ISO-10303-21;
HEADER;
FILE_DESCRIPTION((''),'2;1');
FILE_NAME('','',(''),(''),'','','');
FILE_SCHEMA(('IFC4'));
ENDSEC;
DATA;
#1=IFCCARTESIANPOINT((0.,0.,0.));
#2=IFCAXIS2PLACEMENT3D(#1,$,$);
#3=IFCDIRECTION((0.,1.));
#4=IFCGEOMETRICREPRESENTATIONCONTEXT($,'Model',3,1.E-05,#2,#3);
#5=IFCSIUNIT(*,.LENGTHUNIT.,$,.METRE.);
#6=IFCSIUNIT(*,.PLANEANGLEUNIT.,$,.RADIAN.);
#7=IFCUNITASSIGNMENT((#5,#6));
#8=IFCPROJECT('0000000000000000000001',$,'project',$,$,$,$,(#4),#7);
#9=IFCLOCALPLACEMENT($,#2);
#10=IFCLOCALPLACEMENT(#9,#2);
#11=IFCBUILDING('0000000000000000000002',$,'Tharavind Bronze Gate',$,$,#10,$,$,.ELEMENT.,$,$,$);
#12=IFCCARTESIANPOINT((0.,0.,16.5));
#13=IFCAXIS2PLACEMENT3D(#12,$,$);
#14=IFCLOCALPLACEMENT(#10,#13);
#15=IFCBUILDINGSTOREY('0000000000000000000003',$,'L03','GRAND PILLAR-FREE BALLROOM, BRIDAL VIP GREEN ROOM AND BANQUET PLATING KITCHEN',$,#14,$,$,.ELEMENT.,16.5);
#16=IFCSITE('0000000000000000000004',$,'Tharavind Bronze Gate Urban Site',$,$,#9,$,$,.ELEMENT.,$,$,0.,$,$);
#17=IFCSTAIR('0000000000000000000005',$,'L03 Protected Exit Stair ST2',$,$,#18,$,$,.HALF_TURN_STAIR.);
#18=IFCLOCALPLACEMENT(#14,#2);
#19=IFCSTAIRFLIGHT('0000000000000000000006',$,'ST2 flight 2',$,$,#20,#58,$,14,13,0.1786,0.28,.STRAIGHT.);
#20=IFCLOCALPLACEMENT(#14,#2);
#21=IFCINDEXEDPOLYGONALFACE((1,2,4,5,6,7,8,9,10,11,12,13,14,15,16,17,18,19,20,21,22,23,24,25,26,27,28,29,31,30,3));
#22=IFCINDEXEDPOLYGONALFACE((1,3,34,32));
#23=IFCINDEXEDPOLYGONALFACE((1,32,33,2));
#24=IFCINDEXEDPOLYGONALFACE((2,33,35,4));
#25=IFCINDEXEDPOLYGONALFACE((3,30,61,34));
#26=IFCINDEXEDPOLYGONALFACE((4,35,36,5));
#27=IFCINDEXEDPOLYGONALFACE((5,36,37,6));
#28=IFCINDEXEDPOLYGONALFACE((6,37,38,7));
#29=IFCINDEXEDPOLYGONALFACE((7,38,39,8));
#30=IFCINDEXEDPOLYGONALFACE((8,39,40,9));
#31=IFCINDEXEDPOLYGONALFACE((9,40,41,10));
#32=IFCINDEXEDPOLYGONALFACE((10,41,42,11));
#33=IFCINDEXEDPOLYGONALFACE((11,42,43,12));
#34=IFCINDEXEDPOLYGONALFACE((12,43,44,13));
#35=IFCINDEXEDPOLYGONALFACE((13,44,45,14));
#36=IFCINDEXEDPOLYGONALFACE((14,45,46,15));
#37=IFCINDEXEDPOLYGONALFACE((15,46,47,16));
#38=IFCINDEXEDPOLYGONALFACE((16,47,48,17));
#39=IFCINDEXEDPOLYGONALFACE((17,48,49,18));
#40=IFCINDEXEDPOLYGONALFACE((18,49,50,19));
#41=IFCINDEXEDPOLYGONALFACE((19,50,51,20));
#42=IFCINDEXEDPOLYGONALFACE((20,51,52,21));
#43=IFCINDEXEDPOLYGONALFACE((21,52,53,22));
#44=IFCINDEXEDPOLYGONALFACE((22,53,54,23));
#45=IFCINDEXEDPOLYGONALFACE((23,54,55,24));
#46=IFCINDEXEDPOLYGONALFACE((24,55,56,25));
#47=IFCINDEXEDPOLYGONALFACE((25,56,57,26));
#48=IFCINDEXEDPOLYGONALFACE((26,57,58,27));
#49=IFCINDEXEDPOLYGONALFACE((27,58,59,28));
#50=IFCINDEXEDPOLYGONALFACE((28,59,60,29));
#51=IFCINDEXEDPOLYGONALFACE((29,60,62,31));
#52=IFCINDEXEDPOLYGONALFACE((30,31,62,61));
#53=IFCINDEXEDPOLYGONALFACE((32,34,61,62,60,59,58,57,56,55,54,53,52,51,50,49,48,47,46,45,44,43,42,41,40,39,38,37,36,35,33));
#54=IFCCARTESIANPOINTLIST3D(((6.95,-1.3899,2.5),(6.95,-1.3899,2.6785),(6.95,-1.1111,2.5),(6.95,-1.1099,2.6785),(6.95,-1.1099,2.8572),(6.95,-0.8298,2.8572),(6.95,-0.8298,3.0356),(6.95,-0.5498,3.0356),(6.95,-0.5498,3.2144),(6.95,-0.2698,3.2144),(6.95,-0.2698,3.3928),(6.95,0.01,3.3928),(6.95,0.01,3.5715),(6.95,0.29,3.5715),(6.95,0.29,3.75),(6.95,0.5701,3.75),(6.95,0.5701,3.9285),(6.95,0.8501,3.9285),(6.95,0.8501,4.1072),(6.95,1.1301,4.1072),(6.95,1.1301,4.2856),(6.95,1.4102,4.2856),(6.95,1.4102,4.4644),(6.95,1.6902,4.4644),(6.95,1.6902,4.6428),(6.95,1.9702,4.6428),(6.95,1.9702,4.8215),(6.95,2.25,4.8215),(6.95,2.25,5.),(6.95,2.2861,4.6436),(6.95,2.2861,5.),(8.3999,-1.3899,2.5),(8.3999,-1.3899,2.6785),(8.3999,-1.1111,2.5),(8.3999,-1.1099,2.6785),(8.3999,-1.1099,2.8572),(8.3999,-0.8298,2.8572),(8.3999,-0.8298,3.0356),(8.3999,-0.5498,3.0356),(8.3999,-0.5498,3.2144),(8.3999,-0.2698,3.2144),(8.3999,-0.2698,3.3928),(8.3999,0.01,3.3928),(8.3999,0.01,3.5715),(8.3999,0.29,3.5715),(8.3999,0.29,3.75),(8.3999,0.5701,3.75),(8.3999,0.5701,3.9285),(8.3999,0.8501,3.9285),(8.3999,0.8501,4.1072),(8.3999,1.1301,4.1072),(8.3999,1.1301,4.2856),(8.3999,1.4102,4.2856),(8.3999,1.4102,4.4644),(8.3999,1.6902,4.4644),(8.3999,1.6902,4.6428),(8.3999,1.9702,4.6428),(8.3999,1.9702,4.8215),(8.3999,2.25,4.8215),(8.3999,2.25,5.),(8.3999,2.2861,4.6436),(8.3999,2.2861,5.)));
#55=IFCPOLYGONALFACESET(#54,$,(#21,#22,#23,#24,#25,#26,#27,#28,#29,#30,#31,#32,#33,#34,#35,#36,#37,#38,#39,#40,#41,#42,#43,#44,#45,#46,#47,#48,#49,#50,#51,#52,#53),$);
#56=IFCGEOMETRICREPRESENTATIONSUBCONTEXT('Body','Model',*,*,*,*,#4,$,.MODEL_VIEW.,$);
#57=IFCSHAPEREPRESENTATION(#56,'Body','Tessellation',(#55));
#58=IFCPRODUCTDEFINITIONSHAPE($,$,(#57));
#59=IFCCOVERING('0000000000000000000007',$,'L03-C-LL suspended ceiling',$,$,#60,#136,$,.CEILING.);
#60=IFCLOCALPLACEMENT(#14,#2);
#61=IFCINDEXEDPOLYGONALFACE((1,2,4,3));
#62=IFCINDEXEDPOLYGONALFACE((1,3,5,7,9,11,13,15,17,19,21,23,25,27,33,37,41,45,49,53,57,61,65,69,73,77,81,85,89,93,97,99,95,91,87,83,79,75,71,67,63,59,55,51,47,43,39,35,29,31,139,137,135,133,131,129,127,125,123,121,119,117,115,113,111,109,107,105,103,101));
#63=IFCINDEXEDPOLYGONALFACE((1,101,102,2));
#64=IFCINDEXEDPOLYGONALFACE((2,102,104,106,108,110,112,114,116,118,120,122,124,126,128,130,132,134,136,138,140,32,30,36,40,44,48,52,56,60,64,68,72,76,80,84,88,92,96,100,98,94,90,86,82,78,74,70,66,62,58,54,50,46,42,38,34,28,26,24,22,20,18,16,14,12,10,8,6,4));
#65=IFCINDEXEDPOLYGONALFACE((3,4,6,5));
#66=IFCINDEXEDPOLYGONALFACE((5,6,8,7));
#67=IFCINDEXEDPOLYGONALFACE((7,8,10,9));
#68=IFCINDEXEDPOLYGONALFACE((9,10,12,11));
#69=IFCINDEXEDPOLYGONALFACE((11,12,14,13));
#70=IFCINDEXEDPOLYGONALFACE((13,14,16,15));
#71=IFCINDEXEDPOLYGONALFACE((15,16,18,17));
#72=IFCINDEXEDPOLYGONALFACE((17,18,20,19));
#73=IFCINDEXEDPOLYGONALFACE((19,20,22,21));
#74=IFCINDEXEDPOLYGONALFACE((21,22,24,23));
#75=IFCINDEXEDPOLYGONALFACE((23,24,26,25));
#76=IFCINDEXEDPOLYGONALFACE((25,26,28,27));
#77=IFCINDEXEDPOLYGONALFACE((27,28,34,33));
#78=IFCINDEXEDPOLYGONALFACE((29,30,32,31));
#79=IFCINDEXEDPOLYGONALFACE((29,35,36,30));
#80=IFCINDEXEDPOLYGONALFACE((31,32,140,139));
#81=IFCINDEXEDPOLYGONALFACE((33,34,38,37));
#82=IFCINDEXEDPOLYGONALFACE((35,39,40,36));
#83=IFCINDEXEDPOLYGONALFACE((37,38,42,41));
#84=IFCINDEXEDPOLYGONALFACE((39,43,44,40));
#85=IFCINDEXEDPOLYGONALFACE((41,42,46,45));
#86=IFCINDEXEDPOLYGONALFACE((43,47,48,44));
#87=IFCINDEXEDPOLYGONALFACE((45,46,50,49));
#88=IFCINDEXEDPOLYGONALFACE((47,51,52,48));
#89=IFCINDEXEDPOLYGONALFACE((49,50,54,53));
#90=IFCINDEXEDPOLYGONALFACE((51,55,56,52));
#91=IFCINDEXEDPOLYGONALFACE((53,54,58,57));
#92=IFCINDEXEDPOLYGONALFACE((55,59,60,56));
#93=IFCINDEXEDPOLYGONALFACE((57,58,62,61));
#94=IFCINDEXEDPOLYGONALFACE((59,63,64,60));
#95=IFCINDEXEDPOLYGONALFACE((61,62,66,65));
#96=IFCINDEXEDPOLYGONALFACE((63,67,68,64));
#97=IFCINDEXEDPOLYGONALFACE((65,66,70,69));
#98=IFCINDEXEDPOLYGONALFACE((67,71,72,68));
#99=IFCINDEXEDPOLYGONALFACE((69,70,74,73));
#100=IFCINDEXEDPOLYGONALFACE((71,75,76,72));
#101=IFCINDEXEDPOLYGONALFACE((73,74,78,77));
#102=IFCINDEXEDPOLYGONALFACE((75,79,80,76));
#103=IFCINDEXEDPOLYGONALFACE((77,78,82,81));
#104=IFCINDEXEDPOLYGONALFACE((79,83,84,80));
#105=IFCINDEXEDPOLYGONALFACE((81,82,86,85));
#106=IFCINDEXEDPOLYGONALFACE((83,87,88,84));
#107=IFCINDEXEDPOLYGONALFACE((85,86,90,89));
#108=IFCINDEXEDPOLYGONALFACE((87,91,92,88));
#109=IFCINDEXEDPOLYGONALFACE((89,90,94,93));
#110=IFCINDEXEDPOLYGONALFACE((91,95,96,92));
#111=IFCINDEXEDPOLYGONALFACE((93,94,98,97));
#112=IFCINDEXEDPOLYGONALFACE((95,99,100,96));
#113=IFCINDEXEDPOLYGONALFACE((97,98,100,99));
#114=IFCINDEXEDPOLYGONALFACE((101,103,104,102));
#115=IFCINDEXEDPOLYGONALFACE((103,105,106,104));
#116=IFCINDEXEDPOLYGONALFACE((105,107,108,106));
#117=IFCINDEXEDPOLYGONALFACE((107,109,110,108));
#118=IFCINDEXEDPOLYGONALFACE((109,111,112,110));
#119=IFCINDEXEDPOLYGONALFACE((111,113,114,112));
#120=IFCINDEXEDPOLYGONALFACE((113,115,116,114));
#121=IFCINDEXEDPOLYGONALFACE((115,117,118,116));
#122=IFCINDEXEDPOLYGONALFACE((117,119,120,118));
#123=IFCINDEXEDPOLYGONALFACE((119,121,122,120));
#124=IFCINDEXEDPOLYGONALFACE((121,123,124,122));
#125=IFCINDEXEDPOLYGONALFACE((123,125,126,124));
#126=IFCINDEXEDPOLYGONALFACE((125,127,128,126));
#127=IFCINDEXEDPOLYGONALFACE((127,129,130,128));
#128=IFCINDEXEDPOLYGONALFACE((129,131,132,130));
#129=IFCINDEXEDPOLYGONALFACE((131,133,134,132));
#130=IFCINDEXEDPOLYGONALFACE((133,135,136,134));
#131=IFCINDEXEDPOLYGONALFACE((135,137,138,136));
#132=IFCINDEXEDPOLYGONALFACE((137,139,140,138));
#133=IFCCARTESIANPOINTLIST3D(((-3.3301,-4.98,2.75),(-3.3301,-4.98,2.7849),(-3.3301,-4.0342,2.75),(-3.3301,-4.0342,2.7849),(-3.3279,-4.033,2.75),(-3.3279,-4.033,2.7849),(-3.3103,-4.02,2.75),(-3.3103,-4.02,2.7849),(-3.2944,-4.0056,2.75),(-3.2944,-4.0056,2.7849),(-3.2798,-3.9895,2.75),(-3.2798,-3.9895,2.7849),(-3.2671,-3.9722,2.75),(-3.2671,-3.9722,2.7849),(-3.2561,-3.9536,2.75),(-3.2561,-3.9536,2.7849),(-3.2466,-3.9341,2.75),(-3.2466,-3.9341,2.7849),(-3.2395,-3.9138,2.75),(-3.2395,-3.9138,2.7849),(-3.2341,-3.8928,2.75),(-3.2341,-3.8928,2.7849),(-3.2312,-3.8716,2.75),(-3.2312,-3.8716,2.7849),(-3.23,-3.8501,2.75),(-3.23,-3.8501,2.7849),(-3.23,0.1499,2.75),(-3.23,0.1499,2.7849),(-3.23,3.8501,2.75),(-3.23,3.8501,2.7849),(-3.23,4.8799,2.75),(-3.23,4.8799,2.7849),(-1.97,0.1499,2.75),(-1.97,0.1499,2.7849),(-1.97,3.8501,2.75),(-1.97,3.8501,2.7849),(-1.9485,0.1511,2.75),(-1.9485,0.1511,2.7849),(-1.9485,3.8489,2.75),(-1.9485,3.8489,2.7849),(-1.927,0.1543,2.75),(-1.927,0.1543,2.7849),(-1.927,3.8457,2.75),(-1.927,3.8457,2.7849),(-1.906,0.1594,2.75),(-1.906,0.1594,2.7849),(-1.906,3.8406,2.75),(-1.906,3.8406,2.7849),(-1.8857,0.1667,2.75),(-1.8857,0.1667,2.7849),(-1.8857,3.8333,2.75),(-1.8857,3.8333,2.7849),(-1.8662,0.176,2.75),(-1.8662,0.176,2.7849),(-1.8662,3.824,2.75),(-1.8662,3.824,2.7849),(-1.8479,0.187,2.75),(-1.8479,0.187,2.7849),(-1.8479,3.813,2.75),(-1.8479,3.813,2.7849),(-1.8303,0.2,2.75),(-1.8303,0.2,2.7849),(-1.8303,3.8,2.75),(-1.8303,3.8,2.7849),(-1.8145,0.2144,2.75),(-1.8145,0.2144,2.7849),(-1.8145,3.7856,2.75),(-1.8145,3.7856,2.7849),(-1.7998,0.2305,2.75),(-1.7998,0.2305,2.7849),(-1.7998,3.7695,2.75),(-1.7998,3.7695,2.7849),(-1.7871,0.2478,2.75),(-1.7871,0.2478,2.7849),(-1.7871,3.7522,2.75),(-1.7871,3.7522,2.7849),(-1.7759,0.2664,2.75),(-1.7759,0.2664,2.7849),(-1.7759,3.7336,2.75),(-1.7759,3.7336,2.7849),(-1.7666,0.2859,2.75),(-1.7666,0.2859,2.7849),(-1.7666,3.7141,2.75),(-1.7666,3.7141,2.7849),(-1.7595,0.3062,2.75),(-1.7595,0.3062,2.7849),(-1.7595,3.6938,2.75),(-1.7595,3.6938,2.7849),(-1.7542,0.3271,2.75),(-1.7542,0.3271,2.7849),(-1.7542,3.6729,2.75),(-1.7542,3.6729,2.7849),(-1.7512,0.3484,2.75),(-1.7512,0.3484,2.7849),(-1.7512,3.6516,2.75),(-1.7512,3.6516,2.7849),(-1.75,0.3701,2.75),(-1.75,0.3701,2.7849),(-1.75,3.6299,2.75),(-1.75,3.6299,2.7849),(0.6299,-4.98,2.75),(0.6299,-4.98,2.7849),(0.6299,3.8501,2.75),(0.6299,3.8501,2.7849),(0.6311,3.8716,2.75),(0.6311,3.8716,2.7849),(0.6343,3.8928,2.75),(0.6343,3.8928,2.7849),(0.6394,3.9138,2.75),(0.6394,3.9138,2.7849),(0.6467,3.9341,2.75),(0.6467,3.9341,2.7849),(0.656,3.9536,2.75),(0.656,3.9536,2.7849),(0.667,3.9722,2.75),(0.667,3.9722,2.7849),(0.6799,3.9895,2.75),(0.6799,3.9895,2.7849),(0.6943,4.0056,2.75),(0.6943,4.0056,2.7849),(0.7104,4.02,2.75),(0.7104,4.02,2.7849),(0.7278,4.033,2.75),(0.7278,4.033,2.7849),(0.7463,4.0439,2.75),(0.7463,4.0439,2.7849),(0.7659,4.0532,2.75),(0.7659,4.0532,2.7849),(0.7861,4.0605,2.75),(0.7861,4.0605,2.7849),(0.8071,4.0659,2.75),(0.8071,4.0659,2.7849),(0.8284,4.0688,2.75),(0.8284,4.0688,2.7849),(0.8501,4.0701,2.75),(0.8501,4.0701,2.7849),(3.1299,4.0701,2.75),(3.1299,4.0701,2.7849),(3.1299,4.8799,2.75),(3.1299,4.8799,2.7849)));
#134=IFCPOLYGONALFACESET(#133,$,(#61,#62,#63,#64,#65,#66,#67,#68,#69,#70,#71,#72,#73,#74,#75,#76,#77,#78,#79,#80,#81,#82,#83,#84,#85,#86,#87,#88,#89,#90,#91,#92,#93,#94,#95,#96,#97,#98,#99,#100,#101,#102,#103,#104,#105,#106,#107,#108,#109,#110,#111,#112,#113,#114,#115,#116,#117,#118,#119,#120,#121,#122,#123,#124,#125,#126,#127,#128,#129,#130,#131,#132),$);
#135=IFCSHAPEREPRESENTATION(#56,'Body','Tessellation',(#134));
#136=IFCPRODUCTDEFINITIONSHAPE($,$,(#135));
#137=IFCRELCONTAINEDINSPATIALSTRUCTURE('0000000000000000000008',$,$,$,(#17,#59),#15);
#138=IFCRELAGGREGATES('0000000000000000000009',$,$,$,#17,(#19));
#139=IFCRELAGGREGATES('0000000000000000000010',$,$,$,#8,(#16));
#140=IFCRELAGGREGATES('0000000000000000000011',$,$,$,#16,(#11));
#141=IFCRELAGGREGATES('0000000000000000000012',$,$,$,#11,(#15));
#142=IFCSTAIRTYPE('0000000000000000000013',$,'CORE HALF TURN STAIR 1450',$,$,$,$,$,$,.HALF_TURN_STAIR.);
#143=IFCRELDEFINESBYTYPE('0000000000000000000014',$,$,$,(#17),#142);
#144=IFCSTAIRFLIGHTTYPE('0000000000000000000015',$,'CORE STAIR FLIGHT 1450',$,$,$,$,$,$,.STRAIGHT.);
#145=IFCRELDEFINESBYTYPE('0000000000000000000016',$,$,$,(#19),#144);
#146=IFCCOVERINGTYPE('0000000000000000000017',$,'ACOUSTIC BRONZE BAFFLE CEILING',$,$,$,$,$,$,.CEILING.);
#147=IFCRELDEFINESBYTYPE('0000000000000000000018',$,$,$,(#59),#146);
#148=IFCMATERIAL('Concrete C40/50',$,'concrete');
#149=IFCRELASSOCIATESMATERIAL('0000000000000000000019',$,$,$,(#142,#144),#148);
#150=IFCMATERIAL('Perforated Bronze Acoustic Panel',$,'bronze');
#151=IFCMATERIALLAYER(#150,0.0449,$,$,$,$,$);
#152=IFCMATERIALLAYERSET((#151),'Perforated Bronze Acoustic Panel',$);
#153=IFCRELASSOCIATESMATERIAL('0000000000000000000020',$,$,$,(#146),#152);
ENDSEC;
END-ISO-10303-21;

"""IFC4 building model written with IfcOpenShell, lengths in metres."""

from ifc_helpers import new_model, si_unit, direction, frame, origin, place, context, subcontext, project, spatial, polyline, outline, extrude, material, layer, layer_set, type_object, element, aggregate, save


model = new_model("IFC4")

# Units and contexts
model_context = context("Model", 3, precision=1e-05, world=origin(), true_north=direction((0.0, 1.0)))
body_context = subcontext(model_context, "Body", "Model", "MODEL_VIEW")
ifc_project = project(units=[si_unit("LENGTHUNIT", "METRE"), si_unit("PLANEANGLEUNIT", "RADIAN")], contexts=[model_context])

# Site, building, storey
site_placement = place(None, origin())
site = spatial("IfcSite", under=ifc_project, at=site_placement, Name="Tharavind Bronze Gate Urban Site", CompositionType="ELEMENT", RefElevation=0.0)
building_placement = place(site_placement, origin())
building = spatial("IfcBuilding", under=site, at=building_placement, Name="Tharavind Bronze Gate", CompositionType="ELEMENT")
storey_placement = place(building_placement, frame((0.0, 0.0, 16.5)))
storey = spatial("IfcBuildingStorey", under=building, at=storey_placement, Name="L03", Description="GRAND PILLAR-FREE BALLROOM, BRIDAL VIP GREEN ROOM AND BANQUET PLATING KITCHEN", CompositionType="ELEMENT", Elevation=16.5)

# Shared definitions
ifc_material_1 = material(Name="Concrete C40/50", Category="concrete")

# Stair
stair_type_1 = type_object("IfcStairType", Name="CORE HALF TURN STAIR 1450", PredefinedType="HALF_TURN_STAIR", material=ifc_material_1)
stair_1_placement = place(storey_placement, origin())
stair_1 = element("IfcStair", 1, at=stair_1_placement, inside=storey, type_object=stair_type_1, Name="L03 Protected Exit Stair ST2", PredefinedType="HALF_TURN_STAIR")

# Stair flight
stair_flight_type = type_object("IfcStairFlightType", Name="CORE STAIR FLIGHT 1450", PredefinedType="STRAIGHT", material=ifc_material_1)
stair_flight_placement = place(storey_placement, frame((7.675, -1.3899, 2.5), z_axis=(0.0, 0.0, 1.0), x_axis=(0.0, 1.0, 0.0)))
stair_flight = element("IfcStairFlight", 2, at=stair_flight_placement, type_object=stair_flight_type, Name="ST2 flight 2", NumberOfRisers=14, NumberOfTreads=13, PredefinedType="STRAIGHT", RiserHeight=0.1786, TreadLength=0.28, context=body_context, shape_type="SweptSolid", body=[
    extrude(outline(polyline([(0.0, 0.0), (0.0, 0.1785), (0.28, 0.1785), (0.28, 0.3572), (0.5601, 0.3572), (0.5601, 0.5356), (0.8401, 0.5356), (0.8401, 0.7144), (1.1201, 0.7144), (1.1201, 0.8928), (1.3999, 0.8928), (1.3999, 1.0715), (1.6799, 1.0715), (1.6799, 1.25), (1.96, 1.25), (1.96, 1.4285), (2.24, 1.4285), (2.24, 1.6072), (2.52, 1.6072), (2.52, 1.7856), (2.8, 1.7856), (2.8, 1.9644), (3.0801, 1.9644), (3.0801, 2.1428), (3.3601, 2.1428), (3.3601, 2.3215), (3.6399, 2.3215), (3.6399, 2.5), (3.676, 2.5), (3.676, 2.1436), (0.2788, 0.0), (0.0, 0.0)])), frame((0.0, 0.7251, 0.0), z_axis=(0.0, -1.0, 0.0), x_axis=(1.0, 0.0, 0.0)), (0.0, 0.0, 1.0), 1.45),
])
aggregate(stair_1, [stair_flight])

# Covering
ifc_material_2 = material(Name="Perforated Bronze Acoustic Panel", Category="bronze")
ifc_layer_1 = layer(ifc_material_2, 0.0449)
ifc_layer_set_1 = layer_set([ifc_layer_1], Name="Perforated Bronze Acoustic Panel")
covering_type_1 = type_object("IfcCoveringType", Name="ACOUSTIC BRONZE BAFFLE CEILING", PredefinedType="CEILING", material=ifc_layer_set_1)
covering_1_placement = place(storey_placement, frame((0.0, 0.0, 2.75)))
element("IfcCovering", 3, at=covering_1_placement, inside=storey, type_object=covering_type_1, Name="L03-C-LL suspended ceiling", PredefinedType="CEILING", context=body_context, shape_type="SweptSolid", body=[
    extrude(outline(polyline([(-3.3301, -4.98), (0.6299, -4.98), (0.6299, 3.8501), (0.6311, 3.8716), (0.6343, 3.8928), (0.6394, 3.9138), (0.6467, 3.9341), (0.656, 3.9536), (0.667, 3.9722), (0.6799, 3.9895), (0.6943, 4.0056), (0.7104, 4.02), (0.7278, 4.033), (0.7463, 4.0439), (0.7659, 4.0532), (0.7861, 4.0605), (0.8071, 4.0659), (0.8284, 4.0688), (0.8501, 4.0701), (3.1299, 4.0701), (3.1299, 4.8799), (-3.23, 4.8799), (-3.23, 3.8501), (-1.97, 3.8501), (-1.9485, 3.8489), (-1.927, 3.8457), (-1.906, 3.8406), (-1.8857, 3.8333), (-1.8662, 3.824), (-1.8479, 3.813), (-1.8303, 3.8), (-1.8145, 3.7856), (-1.7998, 3.7695), (-1.7871, 3.7522), (-1.7759, 3.7336), (-1.7666, 3.7141), (-1.7595, 3.6938), (-1.7542, 3.6729), (-1.7512, 3.6516), (-1.75, 3.6299), (-1.75, 0.3701), (-1.7512, 0.3484), (-1.7542, 0.3271), (-1.7595, 0.3062), (-1.7666, 0.2859), (-1.7759, 0.2664), (-1.7871, 0.2478), (-1.7998, 0.2305), (-1.8145, 0.2144), (-1.8303, 0.2), (-1.8479, 0.187), (-1.8662, 0.176), (-1.8857, 0.1667), (-1.906, 0.1594), (-1.927, 0.1543), (-1.9485, 0.1511), (-1.97, 0.1499), (-3.23, 0.1499), (-3.23, -3.8501), (-3.2312, -3.8716), (-3.2341, -3.8928), (-3.2395, -3.9138), (-3.2466, -3.9341), (-3.2561, -3.9536), (-3.2671, -3.9722), (-3.2798, -3.9895), (-3.2944, -4.0056), (-3.3103, -4.02), (-3.3279, -4.033), (-3.3301, -4.0342), (-3.3301, -4.98)])), origin(), (0.0, 0.0, 1.0), 0.0349),
])

save(model, "model.ifc")
